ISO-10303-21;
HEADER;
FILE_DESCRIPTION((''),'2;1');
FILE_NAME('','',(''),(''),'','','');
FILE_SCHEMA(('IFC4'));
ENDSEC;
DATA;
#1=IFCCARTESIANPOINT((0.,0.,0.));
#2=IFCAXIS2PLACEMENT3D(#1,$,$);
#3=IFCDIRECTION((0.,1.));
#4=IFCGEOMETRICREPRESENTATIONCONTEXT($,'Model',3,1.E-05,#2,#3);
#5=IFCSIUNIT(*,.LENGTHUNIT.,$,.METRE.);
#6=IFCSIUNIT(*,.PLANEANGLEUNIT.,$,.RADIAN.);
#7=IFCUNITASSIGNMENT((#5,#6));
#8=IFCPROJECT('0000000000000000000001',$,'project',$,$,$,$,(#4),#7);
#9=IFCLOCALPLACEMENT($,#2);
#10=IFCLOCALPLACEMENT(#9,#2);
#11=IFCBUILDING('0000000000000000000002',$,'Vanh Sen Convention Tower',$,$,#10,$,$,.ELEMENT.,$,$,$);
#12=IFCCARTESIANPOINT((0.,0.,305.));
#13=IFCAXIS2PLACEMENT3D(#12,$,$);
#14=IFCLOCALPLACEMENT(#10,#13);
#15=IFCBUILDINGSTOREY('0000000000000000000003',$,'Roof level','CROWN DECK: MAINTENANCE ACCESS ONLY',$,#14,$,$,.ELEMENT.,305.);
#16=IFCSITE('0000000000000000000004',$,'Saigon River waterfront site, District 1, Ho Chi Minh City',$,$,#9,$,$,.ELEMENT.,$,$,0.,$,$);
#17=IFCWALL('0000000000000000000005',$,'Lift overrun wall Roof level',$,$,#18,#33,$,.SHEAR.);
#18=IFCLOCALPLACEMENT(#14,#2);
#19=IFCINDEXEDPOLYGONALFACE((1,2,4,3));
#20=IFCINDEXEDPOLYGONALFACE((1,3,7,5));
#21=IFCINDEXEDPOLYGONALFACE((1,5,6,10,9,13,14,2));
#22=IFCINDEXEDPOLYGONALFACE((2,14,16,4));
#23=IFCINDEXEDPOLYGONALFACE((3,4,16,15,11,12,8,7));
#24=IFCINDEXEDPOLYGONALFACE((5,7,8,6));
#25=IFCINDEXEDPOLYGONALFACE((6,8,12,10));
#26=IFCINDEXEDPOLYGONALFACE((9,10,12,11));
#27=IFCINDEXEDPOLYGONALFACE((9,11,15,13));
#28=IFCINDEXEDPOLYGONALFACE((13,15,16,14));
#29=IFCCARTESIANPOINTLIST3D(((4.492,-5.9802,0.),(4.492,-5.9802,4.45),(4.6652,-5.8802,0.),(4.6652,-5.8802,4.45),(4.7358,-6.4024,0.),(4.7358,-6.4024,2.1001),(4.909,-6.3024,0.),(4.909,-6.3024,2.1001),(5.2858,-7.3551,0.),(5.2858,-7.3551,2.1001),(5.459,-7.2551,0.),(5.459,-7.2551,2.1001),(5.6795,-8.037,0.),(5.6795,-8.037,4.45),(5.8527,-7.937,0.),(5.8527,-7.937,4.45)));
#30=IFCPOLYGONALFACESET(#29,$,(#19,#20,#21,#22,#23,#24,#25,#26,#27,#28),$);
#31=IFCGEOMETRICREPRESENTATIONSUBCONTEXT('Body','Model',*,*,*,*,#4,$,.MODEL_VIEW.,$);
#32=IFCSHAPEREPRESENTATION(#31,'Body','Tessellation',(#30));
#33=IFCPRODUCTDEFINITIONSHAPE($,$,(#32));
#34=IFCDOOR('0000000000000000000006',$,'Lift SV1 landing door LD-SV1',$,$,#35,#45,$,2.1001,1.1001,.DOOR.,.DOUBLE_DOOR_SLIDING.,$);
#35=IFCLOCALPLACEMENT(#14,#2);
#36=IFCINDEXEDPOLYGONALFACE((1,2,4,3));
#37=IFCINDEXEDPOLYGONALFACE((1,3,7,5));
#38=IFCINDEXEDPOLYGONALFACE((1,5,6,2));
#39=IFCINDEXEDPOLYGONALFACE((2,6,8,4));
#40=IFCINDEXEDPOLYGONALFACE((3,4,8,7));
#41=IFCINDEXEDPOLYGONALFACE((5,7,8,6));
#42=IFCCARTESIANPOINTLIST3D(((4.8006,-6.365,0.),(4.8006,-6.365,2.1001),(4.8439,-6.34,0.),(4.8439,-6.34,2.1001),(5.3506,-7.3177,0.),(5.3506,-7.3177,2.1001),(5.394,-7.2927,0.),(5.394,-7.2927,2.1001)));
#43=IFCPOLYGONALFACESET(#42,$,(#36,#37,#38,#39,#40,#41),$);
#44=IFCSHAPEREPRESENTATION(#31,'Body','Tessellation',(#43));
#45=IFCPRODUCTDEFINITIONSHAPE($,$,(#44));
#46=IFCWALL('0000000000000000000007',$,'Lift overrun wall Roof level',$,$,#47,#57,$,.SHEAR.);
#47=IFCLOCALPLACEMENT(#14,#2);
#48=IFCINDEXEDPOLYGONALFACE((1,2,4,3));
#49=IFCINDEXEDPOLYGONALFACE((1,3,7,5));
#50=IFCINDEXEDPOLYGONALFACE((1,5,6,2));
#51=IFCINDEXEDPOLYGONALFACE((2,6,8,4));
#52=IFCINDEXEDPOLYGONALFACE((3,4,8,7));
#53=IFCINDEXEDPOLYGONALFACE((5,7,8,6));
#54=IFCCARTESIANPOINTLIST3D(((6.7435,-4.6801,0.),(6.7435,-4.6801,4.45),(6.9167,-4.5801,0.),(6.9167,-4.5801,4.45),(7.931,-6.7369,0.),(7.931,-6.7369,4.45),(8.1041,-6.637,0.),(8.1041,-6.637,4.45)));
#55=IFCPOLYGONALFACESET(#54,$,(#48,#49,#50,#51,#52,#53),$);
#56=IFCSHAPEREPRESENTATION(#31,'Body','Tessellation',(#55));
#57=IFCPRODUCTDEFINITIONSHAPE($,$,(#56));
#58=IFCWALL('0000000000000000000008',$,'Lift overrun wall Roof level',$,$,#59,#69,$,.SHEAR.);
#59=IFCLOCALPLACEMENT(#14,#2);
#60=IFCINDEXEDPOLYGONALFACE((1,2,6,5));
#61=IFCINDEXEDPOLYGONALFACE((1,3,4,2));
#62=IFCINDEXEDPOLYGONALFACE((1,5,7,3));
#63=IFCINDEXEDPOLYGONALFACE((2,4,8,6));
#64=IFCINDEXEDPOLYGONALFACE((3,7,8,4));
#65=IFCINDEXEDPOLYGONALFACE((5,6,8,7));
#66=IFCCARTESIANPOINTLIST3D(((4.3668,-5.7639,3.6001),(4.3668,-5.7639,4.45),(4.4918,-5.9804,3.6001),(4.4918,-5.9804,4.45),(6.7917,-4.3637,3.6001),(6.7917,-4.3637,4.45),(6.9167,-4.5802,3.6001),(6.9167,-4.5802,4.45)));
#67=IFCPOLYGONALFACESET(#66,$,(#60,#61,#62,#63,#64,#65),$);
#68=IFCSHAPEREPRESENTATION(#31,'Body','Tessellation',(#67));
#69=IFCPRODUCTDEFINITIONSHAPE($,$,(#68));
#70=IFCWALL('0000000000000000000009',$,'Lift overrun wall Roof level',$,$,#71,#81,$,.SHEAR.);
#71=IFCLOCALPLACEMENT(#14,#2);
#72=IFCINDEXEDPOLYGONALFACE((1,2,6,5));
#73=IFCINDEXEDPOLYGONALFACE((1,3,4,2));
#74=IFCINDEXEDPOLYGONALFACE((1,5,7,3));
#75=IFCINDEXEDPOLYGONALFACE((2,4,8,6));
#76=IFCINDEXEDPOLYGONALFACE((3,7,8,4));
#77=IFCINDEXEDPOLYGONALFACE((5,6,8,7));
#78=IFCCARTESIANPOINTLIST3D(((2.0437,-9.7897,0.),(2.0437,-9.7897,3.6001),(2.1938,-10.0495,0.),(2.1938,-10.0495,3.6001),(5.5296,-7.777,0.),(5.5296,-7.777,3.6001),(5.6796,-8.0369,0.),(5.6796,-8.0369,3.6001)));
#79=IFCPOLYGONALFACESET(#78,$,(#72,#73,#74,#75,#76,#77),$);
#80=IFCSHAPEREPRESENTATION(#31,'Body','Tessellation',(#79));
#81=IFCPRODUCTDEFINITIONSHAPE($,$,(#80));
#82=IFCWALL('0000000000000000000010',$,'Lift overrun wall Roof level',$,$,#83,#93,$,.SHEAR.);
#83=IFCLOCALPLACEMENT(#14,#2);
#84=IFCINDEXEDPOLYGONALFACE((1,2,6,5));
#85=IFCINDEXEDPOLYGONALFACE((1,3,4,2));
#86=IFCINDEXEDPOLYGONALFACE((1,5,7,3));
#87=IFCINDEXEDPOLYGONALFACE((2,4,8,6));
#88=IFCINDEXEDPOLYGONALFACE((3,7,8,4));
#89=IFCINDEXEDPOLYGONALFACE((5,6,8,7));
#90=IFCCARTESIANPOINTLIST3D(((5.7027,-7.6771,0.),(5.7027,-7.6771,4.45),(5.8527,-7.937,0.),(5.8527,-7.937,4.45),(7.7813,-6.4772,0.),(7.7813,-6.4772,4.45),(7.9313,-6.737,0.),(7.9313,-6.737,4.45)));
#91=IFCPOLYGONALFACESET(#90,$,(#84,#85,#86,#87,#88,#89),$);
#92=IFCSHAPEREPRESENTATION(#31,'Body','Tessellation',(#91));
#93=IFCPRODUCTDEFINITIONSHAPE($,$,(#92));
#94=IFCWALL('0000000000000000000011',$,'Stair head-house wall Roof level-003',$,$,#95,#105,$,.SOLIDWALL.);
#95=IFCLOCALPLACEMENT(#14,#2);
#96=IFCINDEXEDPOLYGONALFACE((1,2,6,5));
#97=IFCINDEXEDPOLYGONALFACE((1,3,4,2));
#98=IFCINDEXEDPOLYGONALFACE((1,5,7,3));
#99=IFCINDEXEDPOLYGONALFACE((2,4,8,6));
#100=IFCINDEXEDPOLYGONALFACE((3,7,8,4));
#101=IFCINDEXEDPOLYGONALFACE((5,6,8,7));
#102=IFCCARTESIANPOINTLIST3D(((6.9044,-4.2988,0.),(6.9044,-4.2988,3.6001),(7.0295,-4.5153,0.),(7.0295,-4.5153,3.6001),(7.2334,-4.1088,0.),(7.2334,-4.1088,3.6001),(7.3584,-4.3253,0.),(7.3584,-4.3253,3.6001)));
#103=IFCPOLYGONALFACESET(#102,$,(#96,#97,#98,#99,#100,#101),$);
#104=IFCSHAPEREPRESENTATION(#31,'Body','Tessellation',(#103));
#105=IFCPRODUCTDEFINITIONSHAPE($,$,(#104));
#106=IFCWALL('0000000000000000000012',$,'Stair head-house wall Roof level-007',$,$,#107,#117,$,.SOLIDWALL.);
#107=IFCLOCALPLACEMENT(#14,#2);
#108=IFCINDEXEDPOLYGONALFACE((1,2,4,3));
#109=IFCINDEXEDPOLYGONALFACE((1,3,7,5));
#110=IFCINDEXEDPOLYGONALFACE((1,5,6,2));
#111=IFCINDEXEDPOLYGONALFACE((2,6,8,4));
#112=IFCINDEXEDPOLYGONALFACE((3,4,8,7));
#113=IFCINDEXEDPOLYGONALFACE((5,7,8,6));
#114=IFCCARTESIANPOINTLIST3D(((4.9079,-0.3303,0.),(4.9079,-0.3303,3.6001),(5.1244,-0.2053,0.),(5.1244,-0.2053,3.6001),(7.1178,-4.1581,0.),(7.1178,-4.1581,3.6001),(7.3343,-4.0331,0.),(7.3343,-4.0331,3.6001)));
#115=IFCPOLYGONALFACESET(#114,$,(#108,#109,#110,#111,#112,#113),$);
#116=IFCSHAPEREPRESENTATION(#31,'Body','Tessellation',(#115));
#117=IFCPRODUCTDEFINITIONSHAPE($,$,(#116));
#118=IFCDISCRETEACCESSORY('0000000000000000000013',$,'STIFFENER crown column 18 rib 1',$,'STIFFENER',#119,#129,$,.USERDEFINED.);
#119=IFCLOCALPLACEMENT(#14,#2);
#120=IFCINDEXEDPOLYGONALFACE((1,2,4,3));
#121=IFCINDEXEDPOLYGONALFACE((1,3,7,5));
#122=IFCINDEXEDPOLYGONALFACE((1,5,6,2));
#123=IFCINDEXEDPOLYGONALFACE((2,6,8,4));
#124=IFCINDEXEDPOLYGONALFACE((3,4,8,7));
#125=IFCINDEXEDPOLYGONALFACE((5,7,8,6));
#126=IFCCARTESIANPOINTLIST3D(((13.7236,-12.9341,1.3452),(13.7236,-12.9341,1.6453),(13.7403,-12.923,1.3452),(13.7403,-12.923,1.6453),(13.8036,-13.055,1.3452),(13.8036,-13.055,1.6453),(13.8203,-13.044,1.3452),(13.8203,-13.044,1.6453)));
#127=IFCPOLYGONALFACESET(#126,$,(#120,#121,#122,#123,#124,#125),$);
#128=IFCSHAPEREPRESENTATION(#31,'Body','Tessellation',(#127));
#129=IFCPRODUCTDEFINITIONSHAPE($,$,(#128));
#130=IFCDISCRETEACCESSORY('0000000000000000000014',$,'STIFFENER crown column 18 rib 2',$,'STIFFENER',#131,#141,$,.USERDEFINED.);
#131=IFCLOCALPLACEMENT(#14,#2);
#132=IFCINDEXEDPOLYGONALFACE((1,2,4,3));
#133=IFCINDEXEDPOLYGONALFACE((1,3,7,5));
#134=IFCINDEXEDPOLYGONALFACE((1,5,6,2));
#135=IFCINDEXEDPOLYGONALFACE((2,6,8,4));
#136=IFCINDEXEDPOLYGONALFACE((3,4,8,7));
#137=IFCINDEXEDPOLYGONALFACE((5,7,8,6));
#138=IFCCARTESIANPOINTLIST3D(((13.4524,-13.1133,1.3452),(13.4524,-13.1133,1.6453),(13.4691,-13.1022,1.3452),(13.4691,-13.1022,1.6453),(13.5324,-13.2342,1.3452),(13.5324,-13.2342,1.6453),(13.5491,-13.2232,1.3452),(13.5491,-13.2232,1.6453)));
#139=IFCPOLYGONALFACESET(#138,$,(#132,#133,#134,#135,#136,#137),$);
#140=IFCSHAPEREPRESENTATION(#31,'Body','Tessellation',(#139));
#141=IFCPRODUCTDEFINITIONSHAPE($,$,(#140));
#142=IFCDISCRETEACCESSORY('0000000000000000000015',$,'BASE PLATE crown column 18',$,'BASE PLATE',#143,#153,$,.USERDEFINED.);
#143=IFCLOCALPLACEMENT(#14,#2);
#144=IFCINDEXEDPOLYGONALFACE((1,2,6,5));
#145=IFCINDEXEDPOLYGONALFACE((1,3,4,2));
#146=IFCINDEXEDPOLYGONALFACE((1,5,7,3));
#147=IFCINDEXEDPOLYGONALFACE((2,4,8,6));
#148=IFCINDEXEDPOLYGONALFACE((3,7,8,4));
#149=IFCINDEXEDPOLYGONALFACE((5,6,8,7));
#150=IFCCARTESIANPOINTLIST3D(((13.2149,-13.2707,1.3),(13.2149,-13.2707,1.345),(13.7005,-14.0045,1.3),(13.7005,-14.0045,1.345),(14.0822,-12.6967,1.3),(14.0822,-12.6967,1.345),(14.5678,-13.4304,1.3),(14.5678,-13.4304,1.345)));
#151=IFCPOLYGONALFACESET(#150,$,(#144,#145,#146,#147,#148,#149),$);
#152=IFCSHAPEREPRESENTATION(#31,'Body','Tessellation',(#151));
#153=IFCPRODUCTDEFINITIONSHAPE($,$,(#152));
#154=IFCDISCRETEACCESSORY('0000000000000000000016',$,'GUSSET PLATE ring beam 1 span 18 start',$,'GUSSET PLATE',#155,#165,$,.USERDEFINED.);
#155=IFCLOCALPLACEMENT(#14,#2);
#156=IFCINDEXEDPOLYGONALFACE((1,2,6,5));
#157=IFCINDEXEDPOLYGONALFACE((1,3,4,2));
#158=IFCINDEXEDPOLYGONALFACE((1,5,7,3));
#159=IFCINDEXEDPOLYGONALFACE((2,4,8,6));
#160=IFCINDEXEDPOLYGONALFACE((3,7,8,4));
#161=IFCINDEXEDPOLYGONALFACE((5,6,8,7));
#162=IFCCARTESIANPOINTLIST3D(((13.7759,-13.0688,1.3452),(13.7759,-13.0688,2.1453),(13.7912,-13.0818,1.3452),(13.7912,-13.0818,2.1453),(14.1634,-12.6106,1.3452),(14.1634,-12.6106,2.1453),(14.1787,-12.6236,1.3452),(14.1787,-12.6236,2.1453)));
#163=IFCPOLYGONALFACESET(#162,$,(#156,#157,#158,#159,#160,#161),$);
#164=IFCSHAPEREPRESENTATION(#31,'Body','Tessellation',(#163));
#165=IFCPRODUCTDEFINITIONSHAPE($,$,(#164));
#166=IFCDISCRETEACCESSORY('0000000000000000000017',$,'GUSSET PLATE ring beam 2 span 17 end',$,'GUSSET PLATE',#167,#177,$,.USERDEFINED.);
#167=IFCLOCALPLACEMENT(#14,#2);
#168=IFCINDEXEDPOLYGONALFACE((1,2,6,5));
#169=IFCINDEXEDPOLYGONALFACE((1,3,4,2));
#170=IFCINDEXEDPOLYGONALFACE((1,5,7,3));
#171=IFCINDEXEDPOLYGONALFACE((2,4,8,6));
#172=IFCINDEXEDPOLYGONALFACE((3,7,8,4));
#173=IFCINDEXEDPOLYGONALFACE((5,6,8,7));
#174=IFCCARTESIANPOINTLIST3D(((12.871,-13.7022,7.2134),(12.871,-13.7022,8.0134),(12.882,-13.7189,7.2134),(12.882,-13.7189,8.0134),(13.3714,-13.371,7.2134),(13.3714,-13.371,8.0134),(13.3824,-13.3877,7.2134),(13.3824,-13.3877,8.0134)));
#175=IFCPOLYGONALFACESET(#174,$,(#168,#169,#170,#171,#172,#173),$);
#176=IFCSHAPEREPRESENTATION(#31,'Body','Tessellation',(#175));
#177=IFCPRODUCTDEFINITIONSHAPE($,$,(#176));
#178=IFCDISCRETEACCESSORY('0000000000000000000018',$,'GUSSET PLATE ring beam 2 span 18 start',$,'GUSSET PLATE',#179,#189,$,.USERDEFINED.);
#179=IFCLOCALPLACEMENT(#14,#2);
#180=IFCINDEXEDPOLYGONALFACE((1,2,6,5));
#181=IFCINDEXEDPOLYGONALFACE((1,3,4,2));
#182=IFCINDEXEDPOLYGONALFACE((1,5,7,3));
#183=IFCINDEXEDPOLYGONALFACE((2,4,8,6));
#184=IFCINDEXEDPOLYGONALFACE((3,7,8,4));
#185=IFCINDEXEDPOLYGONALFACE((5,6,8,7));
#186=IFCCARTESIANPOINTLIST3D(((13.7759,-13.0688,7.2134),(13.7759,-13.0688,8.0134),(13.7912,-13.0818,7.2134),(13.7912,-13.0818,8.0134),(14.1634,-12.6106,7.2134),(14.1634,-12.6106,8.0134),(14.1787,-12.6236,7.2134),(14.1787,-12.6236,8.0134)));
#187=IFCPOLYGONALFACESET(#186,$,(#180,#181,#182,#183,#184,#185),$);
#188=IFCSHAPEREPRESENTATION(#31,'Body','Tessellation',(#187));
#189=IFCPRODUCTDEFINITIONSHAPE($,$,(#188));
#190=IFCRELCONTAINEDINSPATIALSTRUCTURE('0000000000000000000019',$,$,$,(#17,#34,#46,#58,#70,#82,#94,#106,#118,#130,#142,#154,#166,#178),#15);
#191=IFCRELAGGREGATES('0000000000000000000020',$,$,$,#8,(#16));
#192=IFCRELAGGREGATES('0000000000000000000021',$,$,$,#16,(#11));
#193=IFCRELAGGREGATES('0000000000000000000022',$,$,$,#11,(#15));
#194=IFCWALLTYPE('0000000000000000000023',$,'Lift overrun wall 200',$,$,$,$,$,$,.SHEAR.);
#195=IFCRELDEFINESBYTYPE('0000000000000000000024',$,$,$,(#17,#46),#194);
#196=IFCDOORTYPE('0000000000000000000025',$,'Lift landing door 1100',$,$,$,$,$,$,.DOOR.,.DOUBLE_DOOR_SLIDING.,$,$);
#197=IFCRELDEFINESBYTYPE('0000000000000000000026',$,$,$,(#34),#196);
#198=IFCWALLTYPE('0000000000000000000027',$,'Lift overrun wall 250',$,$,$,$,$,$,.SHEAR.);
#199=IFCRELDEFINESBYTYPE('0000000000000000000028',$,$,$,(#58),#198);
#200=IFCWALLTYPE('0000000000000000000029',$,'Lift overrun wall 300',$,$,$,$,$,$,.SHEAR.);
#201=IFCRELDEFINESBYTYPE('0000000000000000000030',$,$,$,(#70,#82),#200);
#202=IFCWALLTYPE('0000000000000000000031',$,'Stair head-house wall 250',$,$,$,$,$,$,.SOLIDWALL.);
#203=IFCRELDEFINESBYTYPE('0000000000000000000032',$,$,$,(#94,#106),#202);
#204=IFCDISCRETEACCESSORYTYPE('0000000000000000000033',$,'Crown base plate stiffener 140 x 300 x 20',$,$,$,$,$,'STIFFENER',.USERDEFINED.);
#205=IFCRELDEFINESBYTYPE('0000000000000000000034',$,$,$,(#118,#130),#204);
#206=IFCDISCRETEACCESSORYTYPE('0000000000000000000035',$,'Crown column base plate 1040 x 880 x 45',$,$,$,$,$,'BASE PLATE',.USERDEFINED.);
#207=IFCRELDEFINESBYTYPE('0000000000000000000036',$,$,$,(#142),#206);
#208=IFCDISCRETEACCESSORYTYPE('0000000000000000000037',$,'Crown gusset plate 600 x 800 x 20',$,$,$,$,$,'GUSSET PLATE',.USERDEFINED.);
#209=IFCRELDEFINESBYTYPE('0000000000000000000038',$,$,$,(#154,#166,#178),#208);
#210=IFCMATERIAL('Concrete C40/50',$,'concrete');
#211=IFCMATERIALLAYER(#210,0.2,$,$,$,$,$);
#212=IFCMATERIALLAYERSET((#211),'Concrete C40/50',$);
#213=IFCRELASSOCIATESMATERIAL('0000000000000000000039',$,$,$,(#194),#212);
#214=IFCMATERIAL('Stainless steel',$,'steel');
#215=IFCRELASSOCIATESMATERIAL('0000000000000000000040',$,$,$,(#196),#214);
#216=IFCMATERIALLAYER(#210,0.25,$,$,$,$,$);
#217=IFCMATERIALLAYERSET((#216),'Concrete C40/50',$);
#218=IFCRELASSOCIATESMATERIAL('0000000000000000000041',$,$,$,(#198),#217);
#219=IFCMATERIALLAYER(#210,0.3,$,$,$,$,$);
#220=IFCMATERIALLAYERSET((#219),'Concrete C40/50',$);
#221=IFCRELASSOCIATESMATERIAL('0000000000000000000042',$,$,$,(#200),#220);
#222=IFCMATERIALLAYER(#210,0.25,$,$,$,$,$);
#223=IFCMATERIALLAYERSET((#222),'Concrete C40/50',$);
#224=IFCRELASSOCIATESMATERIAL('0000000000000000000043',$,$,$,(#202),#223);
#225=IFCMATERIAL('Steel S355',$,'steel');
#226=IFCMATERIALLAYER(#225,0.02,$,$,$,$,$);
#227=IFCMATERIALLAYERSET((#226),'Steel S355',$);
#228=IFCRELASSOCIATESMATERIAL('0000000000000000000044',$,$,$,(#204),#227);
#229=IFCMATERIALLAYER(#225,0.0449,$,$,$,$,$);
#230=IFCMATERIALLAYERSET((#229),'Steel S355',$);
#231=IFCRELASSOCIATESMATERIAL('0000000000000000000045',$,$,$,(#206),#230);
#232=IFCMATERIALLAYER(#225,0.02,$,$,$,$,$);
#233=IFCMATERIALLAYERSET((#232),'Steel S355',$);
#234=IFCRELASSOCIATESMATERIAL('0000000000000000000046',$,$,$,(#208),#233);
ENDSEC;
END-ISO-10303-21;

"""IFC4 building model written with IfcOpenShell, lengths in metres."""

from ifc_helpers import new_model, si_unit, direction, frame, frame_2d, origin, origin_2d, place, context, subcontext, project, spatial, rectangle, extrude, material, layer, layer_set, type_object, element, fill, save


model = new_model("IFC4")

# Units and contexts
model_context = context("Model", 3, precision=1e-05, world=origin(), true_north=direction((0.0, 1.0)))
body_context = subcontext(model_context, "Body", "Model", "MODEL_VIEW")
ifc_project = project(units=[si_unit("LENGTHUNIT", "METRE"), si_unit("PLANEANGLEUNIT", "RADIAN")], contexts=[model_context])

# Site, building, storey
site_placement = place(None, origin())
site = spatial("IfcSite", under=ifc_project, at=site_placement, Name="Saigon River waterfront site, District 1, Ho Chi Minh City", CompositionType="ELEMENT", RefElevation=0.0)
building_placement = place(site_placement, origin())
building = spatial("IfcBuilding", under=site, at=building_placement, Name="Vanh Sen Convention Tower", CompositionType="ELEMENT")
storey_placement = place(building_placement, frame((0.0, 0.0, 305.0)))
storey = spatial("IfcBuildingStorey", under=building, at=storey_placement, Name="Roof level", Description="CROWN DECK: MAINTENANCE ACCESS ONLY", CompositionType="ELEMENT", Elevation=305.0)

# Shared definitions
ifc_material_1 = material(Name="Concrete C40/50", Category="concrete")

# Wall, opening, door
ifc_layer_1 = layer(ifc_material_1, 0.2)
ifc_layer_set_1 = layer_set([ifc_layer_1], Name="Concrete C40/50")
wall_type_1 = type_object("IfcWallType", Name="Lift overrun wall 200", PredefinedType="SHEAR", material=ifc_layer_set_1)
wall_1_placement = place(storey_placement, frame((4.5786, -5.9302, 0.0), z_axis=(0.0, 0.0, 1.0), x_axis=(0.499986, -0.866033, 0.0)))
wall_1 = element("IfcWall", 1, at=wall_1_placement, inside=storey, type_object=wall_type_1, Name="Lift overrun wall Roof level", PredefinedType="SHEAR", context=body_context, shape_type="SweptSolid", body=[
    extrude(rectangle(XDim=2.375, YDim=0.2, at=frame_2d((1.1875, 0.0))), origin(), (0.0, 0.0, 1.0), 4.45),
])
opening_placement = place(wall_1_placement, frame((0.4875, 0.0, 0.0)))
opening = element("IfcOpeningElement", 2, at=opening_placement, cuts=wall_1, PredefinedType="OPENING", context=body_context, shape_type="SweptSolid", body=[
    extrude(rectangle(XDim=1.1001, YDim=2.1001, at=frame_2d((0.55, 1.05))), frame((0.0, 0.1099, 0.0), z_axis=(0.0, -1.0, 0.0), x_axis=(1.0, 0.0, 0.0)), (0.0, 0.0, 1.0), 0.22),
])
ifc_material_2 = material(Name="Stainless steel", Category="steel")
door_type = type_object("IfcDoorType", Name="Lift landing door 1100", OperationType="DOUBLE_DOOR_SLIDING", PredefinedType="DOOR", material=ifc_material_2)
door_placement = place(opening_placement, origin())
door = element("IfcDoor", 3, at=door_placement, inside=storey, type_object=door_type, Name="Lift SV1 landing door LD-SV1", OperationType="DOUBLE_DOOR_SLIDING", OverallHeight=2.1001, OverallWidth=1.1001, PredefinedType="DOOR", context=body_context, shape_type="SweptSolid", body=[
    extrude(rectangle(XDim=1.1001, YDim=2.1001, at=frame_2d((0.55, 1.05))), frame((0.0, 0.0249, 0.0), z_axis=(0.0, -1.0, 0.0), x_axis=(1.0, 0.0, 0.0)), (0.0, 0.0, 1.0), 0.05),
])
fill(opening, door)

# Walls
wall_2_placement = place(storey_placement, frame((6.8301, -4.6301, 0.0), z_axis=(0.0, 0.0, 1.0), x_axis=(0.499986, -0.866033, 0.0)))
element("IfcWall", 4, at=wall_2_placement, inside=storey, type_object=wall_type_1, Name="Lift overrun wall Roof level", PredefinedType="SHEAR", context=body_context, shape_type="SweptSolid", body=[
    extrude(rectangle(XDim=2.375, YDim=0.2, at=frame_2d((1.1875, 0.0))), origin(), (0.0, 0.0, 1.0), 4.45),
])
ifc_layer_2 = layer(ifc_material_1, 0.25)
ifc_layer_set_2 = layer_set([ifc_layer_2], Name="Concrete C40/50")
wall_type_2 = type_object("IfcWallType", Name="Lift overrun wall 250", PredefinedType="SHEAR", material=ifc_layer_set_2)
wall_3_placement = place(storey_placement, frame((4.4294, -5.8721, 3.6001), z_axis=(0.0, 0.0, 1.0), x_axis=(0.865997, 0.50005, 0.0)))
element("IfcWall", 5, at=wall_3_placement, inside=storey, type_object=wall_type_2, Name="Lift overrun wall Roof level", PredefinedType="SHEAR", context=body_context, shape_type="SweptSolid", body=[
    extrude(rectangle(XDim=2.8, YDim=0.25, at=frame_2d((1.3999, 0.0))), origin(), (0.0, 0.0, 1.0), 0.8499),
])
ifc_layer_3 = layer(ifc_material_1, 0.3)
ifc_layer_set_3 = layer_set([ifc_layer_3], Name="Concrete C40/50")
wall_type_3 = type_object("IfcWallType", Name="Lift overrun wall 300", PredefinedType="SHEAR", material=ifc_layer_set_3)
wall_4_placement = place(storey_placement, frame((2.1187, -9.9197, 0.0), z_axis=(0.0, 0.0, 1.0), x_axis=(0.86601, 0.500027, 0.0)))
element("IfcWall", 6, at=wall_4_placement, inside=storey, type_object=wall_type_3, Name="Lift overrun wall Roof level", PredefinedType="SHEAR", context=body_context, shape_type="SweptSolid", body=[
    extrude(rectangle(XDim=4.0251, YDim=0.3, at=frame_2d((2.0127, 0.0))), origin(), (0.0, 0.0, 1.0), 3.6001),
])
wall_5_placement = place(storey_placement, frame((5.7776, -7.8071, 0.0), z_axis=(0.0, 0.0, 1.0), x_axis=(0.86605, 0.499957, 0.0)))
element("IfcWall", 7, at=wall_5_placement, inside=storey, type_object=wall_type_3, Name="Lift overrun wall Roof level", PredefinedType="SHEAR", context=body_context, shape_type="SweptSolid", body=[
    extrude(rectangle(XDim=2.4001, YDim=0.3, at=frame_2d((1.2002, 0.0))), origin(), (0.0, 0.0, 1.0), 4.45),
])
ifc_layer_4 = layer(ifc_material_1, 0.25)
ifc_layer_set_4 = layer_set([ifc_layer_4], Name="Concrete C40/50")
wall_type_4 = type_object("IfcWallType", Name="Stair head-house wall 250", PredefinedType="SOLIDWALL", material=ifc_layer_set_4)
wall_6_placement = place(storey_placement, frame((7.2959, -4.217, 0.0), z_axis=(0.0, 0.0, 1.0), x_axis=(-0.865939, -0.500149, 0.0)))
element("IfcWall", 8, at=wall_6_placement, inside=storey, type_object=wall_type_4, Name="Stair head-house wall Roof level-003", PredefinedType="SOLIDWALL", context=body_context, shape_type="SweptSolid", body=[
    extrude(rectangle(XDim=0.3799, YDim=0.25, at=frame_2d((0.1899, 0.0))), origin(), (0.0, 0.0, 1.0), 3.6001),
])
wall_7_placement = place(storey_placement, frame((5.0161, -0.2678, 0.0), z_axis=(0.0, 0.0, 1.0), x_axis=(0.499989, -0.866032, 0.0)))
element("IfcWall", 9, at=wall_7_placement, inside=storey, type_object=wall_type_4, Name="Stair head-house wall Roof level-007", PredefinedType="SOLIDWALL", context=body_context, shape_type="SweptSolid", body=[
    extrude(rectangle(XDim=4.4199, YDim=0.25, at=frame_2d((2.21, 0.0))), origin(), (0.0, 0.0, 1.0), 3.6001),
])

# Discrete accessories
ifc_material_3 = material(Name="Steel S355", Category="steel")
ifc_layer_5 = layer(ifc_material_3, 0.02)
ifc_layer_set_5 = layer_set([ifc_layer_5], Name="Steel S355")
discrete_accessory_type_1 = type_object("IfcDiscreteAccessoryType", Name="Crown base plate stiffener 140 x 300 x 20", ElementType="STIFFENER", PredefinedType="USERDEFINED", material=ifc_layer_set_5)
for number, where, z_axis, x_axis, name in (
    (10, (13.772, -12.989, 1.3452), (0.0, 0.0, 1.0), (-0.551937, 0.833886, 0.0), "STIFFENER crown column 18 rib 1"),
    (11, (13.5007, -13.1682, 1.3452), (0.0, 0.0, 1.0), (-0.551937, 0.833886, 0.0), "STIFFENER crown column 18 rib 2"),
):
    element("IfcDiscreteAccessory", number, at=place(storey_placement, frame(where, z_axis=z_axis, x_axis=x_axis)), inside=storey, type_object=discrete_accessory_type_1, Name=name, ObjectType="STIFFENER", PredefinedType="USERDEFINED", context=body_context, shape_type="SweptSolid", body=[
        extrude(rectangle(XDim=0.145, YDim=0.02, at=origin_2d()), origin(), (0.0, 0.0, 1.0), 0.3),
    ])
ifc_layer_6 = layer(ifc_material_3, 0.0449)
ifc_layer_set_6 = layer_set([ifc_layer_6], Name="Steel S355")
discrete_accessory_type_2 = type_object("IfcDiscreteAccessoryType", Name="Crown column base plate 1040 x 880 x 45", ElementType="BASE PLATE", PredefinedType="USERDEFINED", material=ifc_layer_set_6)
discrete_accessory_placement = place(storey_placement, frame((13.8914, -13.3506, 1.3), z_axis=(0.0, 0.0, 1.0), x_axis=(0.833886, 0.551937, 0.0)))
element("IfcDiscreteAccessory", 12, at=discrete_accessory_placement, inside=storey, type_object=discrete_accessory_type_2, Name="BASE PLATE crown column 18", ObjectType="BASE PLATE", PredefinedType="USERDEFINED", context=body_context, shape_type="SweptSolid", body=[
    extrude(rectangle(XDim=1.04, YDim=0.8799, at=origin_2d()), origin(), (0.0, 0.0, 1.0), 0.0449),
])
ifc_layer_7 = layer(ifc_material_3, 0.02)
ifc_layer_set_7 = layer_set([ifc_layer_7], Name="Steel S355")
discrete_accessory_type_3 = type_object("IfcDiscreteAccessoryType", Name="Crown gusset plate 600 x 800 x 20", ElementType="GUSSET PLATE", PredefinedType="USERDEFINED", material=ifc_layer_set_7)
for number, where, z_axis, x_axis, name in (
    (13, (13.9773, -12.8462, 1.3452), (0.0, 0.0, 1.0), (0.645767, 0.763535, 0.0), "GUSSET PLATE ring beam 1 span 18 start"),
    (14, (13.1267, -13.5449, 7.2134), (0.0, 0.0, 1.0), (-0.833886, -0.551937, 0.0), "GUSSET PLATE ring beam 2 span 17 end"),
    (15, (13.9773, -12.8462, 7.2134), (0.0, 0.0, 1.0), (0.645767, 0.763535, 0.0), "GUSSET PLATE ring beam 2 span 18 start"),
):
    element("IfcDiscreteAccessory", number, at=place(storey_placement, frame(where, z_axis=z_axis, x_axis=x_axis)), inside=storey, type_object=discrete_accessory_type_3, Name=name, ObjectType="GUSSET PLATE", PredefinedType="USERDEFINED", context=body_context, shape_type="SweptSolid", body=[
        extrude(rectangle(XDim=0.6001, YDim=0.02, at=origin_2d()), origin(), (0.0, 0.0, 1.0), 0.8),
    ])

save(model, "model.ifc")
